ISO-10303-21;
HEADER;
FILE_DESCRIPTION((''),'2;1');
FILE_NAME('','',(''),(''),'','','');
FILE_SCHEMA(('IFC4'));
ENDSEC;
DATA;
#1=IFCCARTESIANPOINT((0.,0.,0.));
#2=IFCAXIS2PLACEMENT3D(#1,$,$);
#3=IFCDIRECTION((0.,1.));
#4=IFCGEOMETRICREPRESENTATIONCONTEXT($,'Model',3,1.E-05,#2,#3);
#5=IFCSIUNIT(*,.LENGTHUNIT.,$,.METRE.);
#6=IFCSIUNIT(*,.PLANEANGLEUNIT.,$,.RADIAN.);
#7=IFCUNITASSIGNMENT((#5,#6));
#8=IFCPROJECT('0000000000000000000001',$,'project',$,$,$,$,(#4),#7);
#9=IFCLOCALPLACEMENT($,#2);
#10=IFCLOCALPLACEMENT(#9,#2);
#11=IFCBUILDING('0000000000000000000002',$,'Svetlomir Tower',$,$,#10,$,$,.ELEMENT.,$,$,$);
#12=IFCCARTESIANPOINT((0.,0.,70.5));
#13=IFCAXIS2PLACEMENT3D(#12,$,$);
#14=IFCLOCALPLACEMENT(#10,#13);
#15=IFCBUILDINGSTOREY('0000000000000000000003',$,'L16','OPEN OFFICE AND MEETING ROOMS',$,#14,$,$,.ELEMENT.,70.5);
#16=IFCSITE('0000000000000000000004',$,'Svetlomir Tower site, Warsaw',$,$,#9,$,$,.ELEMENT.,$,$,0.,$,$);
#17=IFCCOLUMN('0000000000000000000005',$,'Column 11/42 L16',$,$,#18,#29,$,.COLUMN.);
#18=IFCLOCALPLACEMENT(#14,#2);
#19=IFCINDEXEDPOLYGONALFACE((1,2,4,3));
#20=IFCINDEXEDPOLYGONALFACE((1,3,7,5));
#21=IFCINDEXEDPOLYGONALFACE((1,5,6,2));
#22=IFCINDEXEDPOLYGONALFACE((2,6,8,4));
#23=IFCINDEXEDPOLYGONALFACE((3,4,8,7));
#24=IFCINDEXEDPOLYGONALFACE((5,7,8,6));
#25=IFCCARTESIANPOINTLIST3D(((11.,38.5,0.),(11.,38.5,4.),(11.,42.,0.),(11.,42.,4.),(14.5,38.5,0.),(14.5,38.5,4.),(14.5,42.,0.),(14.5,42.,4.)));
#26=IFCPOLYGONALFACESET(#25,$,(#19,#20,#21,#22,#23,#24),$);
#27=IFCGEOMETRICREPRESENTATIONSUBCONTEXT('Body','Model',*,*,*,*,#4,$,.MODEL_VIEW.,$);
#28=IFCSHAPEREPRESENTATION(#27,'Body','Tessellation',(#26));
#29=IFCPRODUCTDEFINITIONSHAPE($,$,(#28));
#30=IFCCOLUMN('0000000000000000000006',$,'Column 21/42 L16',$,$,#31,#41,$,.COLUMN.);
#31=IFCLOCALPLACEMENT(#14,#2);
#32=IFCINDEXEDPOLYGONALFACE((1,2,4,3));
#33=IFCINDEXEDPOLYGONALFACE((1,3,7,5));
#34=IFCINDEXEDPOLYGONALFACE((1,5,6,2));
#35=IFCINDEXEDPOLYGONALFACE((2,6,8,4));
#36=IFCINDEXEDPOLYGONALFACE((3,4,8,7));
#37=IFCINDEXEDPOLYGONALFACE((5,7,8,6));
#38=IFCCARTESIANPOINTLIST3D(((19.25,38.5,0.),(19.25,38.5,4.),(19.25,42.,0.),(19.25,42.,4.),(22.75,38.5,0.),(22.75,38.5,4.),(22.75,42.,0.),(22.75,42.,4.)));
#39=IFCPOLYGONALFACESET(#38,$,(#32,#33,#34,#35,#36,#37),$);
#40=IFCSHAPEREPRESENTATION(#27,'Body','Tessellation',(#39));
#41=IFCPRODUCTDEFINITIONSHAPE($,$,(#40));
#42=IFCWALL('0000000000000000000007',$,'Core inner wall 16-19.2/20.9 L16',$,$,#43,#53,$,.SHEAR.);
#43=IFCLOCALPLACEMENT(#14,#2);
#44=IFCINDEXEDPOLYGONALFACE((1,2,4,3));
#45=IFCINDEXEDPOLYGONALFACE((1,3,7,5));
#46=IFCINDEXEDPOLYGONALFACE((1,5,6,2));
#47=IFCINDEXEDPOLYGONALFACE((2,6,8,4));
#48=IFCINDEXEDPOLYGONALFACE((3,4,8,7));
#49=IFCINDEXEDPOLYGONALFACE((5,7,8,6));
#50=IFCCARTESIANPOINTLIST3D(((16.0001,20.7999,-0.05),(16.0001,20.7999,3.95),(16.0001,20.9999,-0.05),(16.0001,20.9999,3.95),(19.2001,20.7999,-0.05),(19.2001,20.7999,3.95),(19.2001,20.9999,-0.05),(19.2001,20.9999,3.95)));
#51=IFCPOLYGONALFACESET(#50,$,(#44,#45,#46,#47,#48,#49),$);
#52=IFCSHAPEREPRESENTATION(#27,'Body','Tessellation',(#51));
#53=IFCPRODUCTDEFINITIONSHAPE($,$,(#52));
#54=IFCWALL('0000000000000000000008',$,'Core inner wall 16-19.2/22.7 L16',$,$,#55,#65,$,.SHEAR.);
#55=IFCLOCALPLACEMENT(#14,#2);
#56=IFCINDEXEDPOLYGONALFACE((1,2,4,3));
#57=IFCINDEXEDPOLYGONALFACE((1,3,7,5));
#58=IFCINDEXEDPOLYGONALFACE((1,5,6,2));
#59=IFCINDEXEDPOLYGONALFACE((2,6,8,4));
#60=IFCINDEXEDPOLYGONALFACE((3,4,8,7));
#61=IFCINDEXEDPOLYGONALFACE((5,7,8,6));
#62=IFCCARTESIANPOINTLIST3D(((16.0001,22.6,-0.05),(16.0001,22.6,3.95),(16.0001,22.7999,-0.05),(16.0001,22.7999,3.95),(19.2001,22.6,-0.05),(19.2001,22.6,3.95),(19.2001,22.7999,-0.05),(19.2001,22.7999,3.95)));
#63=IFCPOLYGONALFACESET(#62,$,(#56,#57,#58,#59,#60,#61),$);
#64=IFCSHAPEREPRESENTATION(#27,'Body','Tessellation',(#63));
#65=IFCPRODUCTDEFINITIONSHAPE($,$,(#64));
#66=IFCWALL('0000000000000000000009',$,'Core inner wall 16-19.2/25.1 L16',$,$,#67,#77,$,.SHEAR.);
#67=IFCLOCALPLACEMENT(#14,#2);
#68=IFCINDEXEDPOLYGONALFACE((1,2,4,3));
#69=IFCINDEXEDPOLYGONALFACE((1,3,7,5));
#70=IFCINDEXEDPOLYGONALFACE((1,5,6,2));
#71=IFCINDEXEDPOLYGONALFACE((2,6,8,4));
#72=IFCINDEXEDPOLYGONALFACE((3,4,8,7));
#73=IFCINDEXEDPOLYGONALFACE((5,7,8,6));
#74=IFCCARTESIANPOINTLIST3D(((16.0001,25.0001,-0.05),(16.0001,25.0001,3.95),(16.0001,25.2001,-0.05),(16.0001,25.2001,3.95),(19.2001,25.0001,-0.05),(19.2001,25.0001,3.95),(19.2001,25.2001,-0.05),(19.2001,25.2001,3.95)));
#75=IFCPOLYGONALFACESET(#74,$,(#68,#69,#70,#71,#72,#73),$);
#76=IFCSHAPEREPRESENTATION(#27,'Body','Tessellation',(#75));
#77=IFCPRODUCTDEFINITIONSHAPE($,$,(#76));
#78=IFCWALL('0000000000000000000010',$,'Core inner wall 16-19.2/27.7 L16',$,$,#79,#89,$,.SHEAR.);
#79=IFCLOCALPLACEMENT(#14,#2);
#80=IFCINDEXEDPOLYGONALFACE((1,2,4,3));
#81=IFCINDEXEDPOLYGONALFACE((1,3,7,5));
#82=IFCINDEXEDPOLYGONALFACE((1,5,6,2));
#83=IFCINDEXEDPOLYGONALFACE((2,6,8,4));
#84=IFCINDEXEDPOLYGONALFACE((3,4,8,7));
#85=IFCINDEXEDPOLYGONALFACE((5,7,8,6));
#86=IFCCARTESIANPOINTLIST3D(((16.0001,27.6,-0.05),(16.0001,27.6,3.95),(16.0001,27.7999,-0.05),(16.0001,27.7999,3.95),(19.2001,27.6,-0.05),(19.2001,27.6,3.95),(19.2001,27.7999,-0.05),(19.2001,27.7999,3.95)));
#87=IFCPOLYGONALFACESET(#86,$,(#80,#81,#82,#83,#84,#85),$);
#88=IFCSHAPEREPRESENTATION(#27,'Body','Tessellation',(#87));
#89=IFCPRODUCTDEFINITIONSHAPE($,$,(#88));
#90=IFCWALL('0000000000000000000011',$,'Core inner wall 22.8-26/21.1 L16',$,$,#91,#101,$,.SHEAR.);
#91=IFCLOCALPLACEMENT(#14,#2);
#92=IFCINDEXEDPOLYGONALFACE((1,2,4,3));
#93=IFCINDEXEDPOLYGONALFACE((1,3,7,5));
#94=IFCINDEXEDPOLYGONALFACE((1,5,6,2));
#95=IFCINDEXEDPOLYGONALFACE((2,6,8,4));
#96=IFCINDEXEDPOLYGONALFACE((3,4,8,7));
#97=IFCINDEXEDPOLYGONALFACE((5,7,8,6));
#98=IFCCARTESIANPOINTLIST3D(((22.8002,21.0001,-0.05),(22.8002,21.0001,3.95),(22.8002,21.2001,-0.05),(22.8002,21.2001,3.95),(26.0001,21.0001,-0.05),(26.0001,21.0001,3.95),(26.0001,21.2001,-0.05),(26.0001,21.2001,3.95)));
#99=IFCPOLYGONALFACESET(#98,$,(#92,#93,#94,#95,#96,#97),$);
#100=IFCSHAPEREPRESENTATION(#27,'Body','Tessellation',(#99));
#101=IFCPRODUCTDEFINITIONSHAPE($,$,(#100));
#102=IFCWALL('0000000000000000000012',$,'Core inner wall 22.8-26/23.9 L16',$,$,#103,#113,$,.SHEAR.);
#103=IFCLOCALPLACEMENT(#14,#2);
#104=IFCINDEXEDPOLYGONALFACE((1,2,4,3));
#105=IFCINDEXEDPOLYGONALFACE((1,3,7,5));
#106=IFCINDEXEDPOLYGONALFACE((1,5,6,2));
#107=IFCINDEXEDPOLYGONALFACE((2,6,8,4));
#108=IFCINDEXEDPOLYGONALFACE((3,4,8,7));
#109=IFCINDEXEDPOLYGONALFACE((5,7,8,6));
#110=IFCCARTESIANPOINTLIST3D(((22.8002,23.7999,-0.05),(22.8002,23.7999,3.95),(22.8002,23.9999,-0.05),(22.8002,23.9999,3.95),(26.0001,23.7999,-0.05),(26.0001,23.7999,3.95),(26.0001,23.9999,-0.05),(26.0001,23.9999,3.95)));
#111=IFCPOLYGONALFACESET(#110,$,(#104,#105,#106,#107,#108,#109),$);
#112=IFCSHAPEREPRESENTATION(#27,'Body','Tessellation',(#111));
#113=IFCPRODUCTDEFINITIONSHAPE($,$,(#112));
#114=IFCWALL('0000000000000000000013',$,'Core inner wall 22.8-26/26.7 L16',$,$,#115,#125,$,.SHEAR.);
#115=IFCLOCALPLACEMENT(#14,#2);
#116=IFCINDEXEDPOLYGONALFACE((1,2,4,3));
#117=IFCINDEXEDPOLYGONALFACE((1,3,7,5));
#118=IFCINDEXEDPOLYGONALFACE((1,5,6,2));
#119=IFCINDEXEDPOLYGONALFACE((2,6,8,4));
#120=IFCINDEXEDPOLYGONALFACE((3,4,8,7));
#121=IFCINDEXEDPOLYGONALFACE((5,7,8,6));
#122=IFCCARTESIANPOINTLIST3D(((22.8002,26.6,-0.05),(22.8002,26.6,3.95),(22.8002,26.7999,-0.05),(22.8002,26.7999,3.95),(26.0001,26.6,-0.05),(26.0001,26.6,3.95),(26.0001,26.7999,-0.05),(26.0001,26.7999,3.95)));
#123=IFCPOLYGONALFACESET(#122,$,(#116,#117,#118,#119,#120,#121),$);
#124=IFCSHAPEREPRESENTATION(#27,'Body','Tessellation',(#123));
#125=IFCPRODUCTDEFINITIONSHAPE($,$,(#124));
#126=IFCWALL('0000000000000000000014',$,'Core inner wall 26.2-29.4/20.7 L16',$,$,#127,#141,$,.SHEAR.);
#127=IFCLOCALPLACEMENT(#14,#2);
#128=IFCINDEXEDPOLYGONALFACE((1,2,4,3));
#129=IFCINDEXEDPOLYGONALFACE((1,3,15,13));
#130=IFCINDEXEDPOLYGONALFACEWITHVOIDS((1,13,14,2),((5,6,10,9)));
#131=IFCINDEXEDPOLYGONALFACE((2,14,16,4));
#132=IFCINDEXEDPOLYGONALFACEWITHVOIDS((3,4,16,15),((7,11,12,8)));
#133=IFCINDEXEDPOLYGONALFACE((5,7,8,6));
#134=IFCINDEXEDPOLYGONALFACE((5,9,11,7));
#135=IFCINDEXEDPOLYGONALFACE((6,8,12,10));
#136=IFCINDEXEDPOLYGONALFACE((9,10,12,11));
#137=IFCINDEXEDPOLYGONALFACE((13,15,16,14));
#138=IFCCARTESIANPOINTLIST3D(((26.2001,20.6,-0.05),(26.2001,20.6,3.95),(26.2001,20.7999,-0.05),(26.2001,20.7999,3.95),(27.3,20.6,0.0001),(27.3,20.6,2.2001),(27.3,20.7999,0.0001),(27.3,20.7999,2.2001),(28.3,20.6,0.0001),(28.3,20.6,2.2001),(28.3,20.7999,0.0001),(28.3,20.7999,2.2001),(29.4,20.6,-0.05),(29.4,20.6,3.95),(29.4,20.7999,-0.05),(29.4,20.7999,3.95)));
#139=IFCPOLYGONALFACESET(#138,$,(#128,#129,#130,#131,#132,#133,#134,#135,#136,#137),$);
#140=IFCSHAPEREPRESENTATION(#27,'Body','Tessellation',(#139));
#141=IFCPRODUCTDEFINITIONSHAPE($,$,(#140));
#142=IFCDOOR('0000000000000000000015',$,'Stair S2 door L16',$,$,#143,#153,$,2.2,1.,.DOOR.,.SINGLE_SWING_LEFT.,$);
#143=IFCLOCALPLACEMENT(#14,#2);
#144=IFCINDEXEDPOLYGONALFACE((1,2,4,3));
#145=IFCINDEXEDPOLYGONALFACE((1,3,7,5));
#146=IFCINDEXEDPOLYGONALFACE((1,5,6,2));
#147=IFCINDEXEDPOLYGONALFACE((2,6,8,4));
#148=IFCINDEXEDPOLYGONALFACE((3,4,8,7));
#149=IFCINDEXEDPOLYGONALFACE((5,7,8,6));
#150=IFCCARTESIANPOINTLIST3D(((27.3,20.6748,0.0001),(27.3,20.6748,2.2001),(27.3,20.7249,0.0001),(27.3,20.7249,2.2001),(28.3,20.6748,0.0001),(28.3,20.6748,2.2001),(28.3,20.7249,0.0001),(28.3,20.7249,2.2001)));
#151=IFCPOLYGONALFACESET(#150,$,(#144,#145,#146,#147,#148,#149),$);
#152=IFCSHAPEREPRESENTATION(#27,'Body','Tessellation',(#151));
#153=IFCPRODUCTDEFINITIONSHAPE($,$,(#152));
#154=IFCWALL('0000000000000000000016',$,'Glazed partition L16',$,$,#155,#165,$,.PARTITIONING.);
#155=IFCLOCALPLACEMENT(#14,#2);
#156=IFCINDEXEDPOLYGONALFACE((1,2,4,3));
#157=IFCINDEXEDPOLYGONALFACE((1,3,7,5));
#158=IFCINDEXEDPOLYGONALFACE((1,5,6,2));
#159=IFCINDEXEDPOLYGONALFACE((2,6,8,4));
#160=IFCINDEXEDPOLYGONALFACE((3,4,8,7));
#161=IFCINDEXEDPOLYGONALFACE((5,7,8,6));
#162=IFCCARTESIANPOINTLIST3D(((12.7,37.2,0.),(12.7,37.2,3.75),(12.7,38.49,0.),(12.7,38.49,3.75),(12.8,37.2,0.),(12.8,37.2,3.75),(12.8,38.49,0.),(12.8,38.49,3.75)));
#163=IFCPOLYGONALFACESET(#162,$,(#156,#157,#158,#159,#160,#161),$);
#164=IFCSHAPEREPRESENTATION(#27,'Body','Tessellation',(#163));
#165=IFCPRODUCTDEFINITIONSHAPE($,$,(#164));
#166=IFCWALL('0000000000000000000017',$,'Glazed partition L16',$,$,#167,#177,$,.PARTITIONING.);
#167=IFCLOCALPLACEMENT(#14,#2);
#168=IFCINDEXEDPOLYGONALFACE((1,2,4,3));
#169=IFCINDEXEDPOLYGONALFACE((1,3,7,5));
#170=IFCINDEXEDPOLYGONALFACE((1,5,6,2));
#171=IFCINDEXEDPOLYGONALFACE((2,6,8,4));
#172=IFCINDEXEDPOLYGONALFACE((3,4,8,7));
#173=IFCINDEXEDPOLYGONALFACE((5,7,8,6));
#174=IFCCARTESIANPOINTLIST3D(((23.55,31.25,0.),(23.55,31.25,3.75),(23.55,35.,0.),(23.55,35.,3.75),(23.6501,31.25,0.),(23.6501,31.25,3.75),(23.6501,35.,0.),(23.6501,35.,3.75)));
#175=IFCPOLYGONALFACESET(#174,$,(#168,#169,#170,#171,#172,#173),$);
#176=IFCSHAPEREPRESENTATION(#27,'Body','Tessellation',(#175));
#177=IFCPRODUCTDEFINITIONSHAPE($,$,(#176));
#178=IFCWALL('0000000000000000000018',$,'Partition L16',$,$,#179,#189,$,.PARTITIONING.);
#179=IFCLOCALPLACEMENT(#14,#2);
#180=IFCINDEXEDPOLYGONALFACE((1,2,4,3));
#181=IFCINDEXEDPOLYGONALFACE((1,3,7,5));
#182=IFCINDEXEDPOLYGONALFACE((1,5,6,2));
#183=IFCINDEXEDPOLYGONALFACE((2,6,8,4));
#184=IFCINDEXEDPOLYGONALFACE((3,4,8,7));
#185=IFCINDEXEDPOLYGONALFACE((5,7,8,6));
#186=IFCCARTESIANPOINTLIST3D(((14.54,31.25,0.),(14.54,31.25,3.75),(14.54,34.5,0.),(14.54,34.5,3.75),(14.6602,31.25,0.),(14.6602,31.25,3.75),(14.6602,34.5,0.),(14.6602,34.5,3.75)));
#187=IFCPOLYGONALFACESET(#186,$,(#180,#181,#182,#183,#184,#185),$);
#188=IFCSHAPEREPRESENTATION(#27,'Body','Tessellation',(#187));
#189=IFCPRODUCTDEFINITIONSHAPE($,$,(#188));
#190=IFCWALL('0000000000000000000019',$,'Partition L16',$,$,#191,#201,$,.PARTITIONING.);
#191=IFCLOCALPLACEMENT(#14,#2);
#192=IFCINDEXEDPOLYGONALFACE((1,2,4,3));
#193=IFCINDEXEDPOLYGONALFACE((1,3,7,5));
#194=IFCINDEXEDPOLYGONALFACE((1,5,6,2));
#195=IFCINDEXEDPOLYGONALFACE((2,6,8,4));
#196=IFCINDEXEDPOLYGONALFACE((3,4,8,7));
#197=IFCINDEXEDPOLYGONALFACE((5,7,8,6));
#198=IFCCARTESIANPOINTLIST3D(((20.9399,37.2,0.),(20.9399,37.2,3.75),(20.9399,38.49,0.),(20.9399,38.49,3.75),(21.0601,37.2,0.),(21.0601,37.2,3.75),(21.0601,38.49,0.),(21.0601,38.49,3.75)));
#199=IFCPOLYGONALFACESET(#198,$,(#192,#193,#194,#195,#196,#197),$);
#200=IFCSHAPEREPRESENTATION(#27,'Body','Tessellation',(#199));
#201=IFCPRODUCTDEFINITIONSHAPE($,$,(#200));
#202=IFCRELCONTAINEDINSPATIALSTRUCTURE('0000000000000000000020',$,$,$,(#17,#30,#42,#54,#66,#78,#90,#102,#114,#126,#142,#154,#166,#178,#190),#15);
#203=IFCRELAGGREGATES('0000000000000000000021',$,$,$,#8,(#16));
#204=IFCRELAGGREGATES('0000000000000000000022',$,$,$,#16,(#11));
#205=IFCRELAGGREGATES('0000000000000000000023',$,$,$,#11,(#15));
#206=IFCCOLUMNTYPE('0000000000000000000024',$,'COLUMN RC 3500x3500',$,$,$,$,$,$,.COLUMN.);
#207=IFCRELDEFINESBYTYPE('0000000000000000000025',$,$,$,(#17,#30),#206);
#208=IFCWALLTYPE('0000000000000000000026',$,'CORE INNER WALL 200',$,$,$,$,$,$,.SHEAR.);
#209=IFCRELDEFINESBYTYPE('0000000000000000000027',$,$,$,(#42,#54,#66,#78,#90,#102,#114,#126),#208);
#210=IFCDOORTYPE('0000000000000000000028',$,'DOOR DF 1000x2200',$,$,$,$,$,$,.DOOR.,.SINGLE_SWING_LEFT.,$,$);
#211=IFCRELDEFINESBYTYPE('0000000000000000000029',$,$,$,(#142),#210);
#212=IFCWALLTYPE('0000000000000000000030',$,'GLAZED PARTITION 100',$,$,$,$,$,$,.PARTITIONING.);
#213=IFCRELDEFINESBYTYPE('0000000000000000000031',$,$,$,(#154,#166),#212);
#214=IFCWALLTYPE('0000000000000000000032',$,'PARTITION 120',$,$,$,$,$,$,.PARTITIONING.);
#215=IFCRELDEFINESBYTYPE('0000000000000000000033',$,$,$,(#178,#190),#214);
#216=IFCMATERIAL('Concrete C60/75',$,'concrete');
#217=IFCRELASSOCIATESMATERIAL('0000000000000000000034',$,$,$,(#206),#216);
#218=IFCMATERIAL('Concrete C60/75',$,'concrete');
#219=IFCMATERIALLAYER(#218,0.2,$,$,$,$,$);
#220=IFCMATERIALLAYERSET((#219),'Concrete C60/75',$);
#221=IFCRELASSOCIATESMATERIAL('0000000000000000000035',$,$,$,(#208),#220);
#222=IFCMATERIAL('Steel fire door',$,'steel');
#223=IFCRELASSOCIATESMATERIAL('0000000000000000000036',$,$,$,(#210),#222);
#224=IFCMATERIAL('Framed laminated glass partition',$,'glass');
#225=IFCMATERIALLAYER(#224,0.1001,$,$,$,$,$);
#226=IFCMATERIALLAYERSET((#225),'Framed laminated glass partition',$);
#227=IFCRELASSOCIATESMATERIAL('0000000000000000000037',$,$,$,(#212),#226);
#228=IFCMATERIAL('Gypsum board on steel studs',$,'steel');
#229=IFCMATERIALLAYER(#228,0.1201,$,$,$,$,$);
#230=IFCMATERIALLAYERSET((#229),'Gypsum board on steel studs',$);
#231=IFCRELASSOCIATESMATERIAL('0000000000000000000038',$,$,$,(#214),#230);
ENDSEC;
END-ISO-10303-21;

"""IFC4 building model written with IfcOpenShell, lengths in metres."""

from ifc_helpers import new_model, si_unit, direction, frame, frame_2d, origin, origin_2d, place, context, subcontext, project, spatial, rectangle, extrude, material, layer, layer_set, material_profile, profile_set, type_object, element, fill, save


model = new_model("IFC4")

# Units and contexts
model_context = context("Model", 3, precision=1e-05, world=origin(), true_north=direction((0.0, 1.0)))
body_context = subcontext(model_context, "Body", "Model", "MODEL_VIEW")
ifc_project = project(units=[si_unit("LENGTHUNIT", "METRE"), si_unit("PLANEANGLEUNIT", "RADIAN")], contexts=[model_context])

# Site, building, storey
site_placement = place(None, origin())
site = spatial("IfcSite", under=ifc_project, at=site_placement, Name="Svetlomir Tower site, Warsaw", CompositionType="ELEMENT", RefElevation=0.0)
building_placement = place(site_placement, origin())
building = spatial("IfcBuilding", under=site, at=building_placement, Name="Svetlomir Tower", CompositionType="ELEMENT")
storey_placement = place(building_placement, frame((0.0, 0.0, 70.5)))
storey = spatial("IfcBuildingStorey", under=building, at=storey_placement, Name="L16", Description="OPEN OFFICE AND MEETING ROOMS", CompositionType="ELEMENT", Elevation=70.5)

# Columns
ifc_material_1 = material(Name="Concrete C60/75", Category="concrete")
ifc_material_profile = material_profile(ifc_material_1, rectangle(XDim=3.5, YDim=3.5, at=origin_2d()), Name="RC 3500x3500")
ifc_profile_set = profile_set([ifc_material_profile], Name="Concrete C60/75")
column_type = type_object("IfcColumnType", Name="COLUMN RC 3500x3500", PredefinedType="COLUMN", material=ifc_profile_set)
for number, where, z_axis, x_axis, name in (
    (1, (12.75, 40.25, 0.0), (0.0, 0.0, 1.0), (1.0, 0.0, 0.0), "Column 11/42 L16"),
    (2, (21.0, 40.25, 0.0), (0.0, 0.0, 1.0), (1.0, 0.0, 0.0), "Column 21/42 L16"),
):
    element("IfcColumn", number, at=place(storey_placement, frame(where, z_axis=z_axis, x_axis=x_axis)), inside=storey, type_object=column_type, Name=name, PredefinedType="COLUMN", context=body_context, shape_type="SweptSolid", body=[
        extrude(rectangle(XDim=3.5, YDim=3.5, at=origin_2d()), origin(), (0.0, 0.0, 1.0), 4.0),
    ])

# Walls
ifc_material_2 = material(Name="Concrete C60/75", Category="concrete")
ifc_layer_1 = layer(ifc_material_2, 0.2)
ifc_layer_set_1 = layer_set([ifc_layer_1], Name="Concrete C60/75")
wall_type_1 = type_object("IfcWallType", Name="CORE INNER WALL 200", PredefinedType="SHEAR", material=ifc_layer_set_1)
for number, where, z_axis, x_axis, name in (
    (3, (16.0, 20.8999, -0.05), (0.0, 0.0, 1.0), (1.0, 0.0, 0.0), "Core inner wall 16-19.2/20.9 L16"),
    (4, (16.0, 22.7, -0.05), (0.0, 0.0, 1.0), (1.0, 0.0, 0.0), "Core inner wall 16-19.2/22.7 L16"),
    (5, (16.0, 25.1001, -0.05), (0.0, 0.0, 1.0), (1.0, 0.0, 0.0), "Core inner wall 16-19.2/25.1 L16"),
    (6, (16.0, 27.7, -0.05), (0.0, 0.0, 1.0), (1.0, 0.0, 0.0), "Core inner wall 16-19.2/27.7 L16"),
    (7, (22.8, 21.1001, -0.05), (0.0, 0.0, 1.0), (1.0, 0.0, 0.0), "Core inner wall 22.8-26/21.1 L16"),
    (8, (22.8, 23.8999, -0.05), (0.0, 0.0, 1.0), (1.0, 0.0, 0.0), "Core inner wall 22.8-26/23.9 L16"),
    (9, (22.8, 26.7, -0.05), (0.0, 0.0, 1.0), (1.0, 0.0, 0.0), "Core inner wall 22.8-26/26.7 L16"),
):
    element("IfcWall", number, at=place(storey_placement, frame(where, z_axis=z_axis, x_axis=x_axis)), inside=storey, type_object=wall_type_1, Name=name, PredefinedType="SHEAR", context=body_context, shape_type="SweptSolid", body=[
        extrude(rectangle(XDim=3.2, YDim=0.2, at=frame_2d((1.6001, 0.0))), origin(), (0.0, 0.0, 1.0), 4.0),
    ])

# Wall, opening, door
wall_1_placement = place(storey_placement, frame((26.2, 20.7, -0.05), z_axis=(0.0, 0.0, 1.0), x_axis=(1.0, 0.0, 0.0)))
wall_1 = element("IfcWall", 10, at=wall_1_placement, inside=storey, type_object=wall_type_1, Name="Core inner wall 26.2-29.4/20.7 L16", PredefinedType="SHEAR", context=body_context, shape_type="SweptSolid", body=[
    extrude(rectangle(XDim=3.2, YDim=0.2, at=frame_2d((1.6001, 0.0))), origin(), (0.0, 0.0, 1.0), 4.0),
])
opening_1_placement = place(wall_1_placement, frame((1.1001, 0.0, 0.05)))
opening_1 = element("IfcOpeningElement", 11, at=opening_1_placement, cuts=wall_1, PredefinedType="OPENING", context=body_context, shape_type="SweptSolid", body=[
    extrude(rectangle(XDim=1.0, YDim=2.2, at=frame_2d((0.5, 1.1001))), frame((0.0, 0.1099, 0.0), z_axis=(0.0, -1.0, 0.0), x_axis=(1.0, 0.0, 0.0)), (0.0, 0.0, 1.0), 0.22),
])
ifc_material_3 = material(Name="Steel fire door", Category="steel")
door_type_1 = type_object("IfcDoorType", Name="DOOR DF 1000x2200", OperationType="SINGLE_SWING_LEFT", PredefinedType="DOOR", material=ifc_material_3)
door_1_placement = place(opening_1_placement, origin())
door_1 = element("IfcDoor", 12, at=door_1_placement, inside=storey, type_object=door_type_1, Name="Stair S2 door L16", OperationType="SINGLE_SWING_LEFT", OverallHeight=2.2, OverallWidth=1.0, PredefinedType="DOOR", context=body_context, shape_type="SweptSolid", body=[
    extrude(rectangle(XDim=1.0, YDim=2.2, at=frame_2d((0.5, 1.1001))), frame((0.0, 0.0249, 0.0), z_axis=(0.0, -1.0, 0.0), x_axis=(1.0, 0.0, 0.0)), (0.0, 0.0, 1.0), 0.05),
])
fill(opening_1, door_1)

# Walls
ifc_material_4 = material(Name="Framed laminated glass partition", Category="glass")
ifc_layer_2 = layer(ifc_material_4, 0.1001)
ifc_layer_set_2 = layer_set([ifc_layer_2], Name="Framed laminated glass partition")
wall_type_2 = type_object("IfcWallType", Name="GLAZED PARTITION 100", PredefinedType="PARTITIONING", material=ifc_layer_set_2)
wall_2_placement = place(storey_placement, frame((12.75, 37.2, 0.0), z_axis=(0.0, 0.0, 1.0), x_axis=(0.0, 1.0, 0.0)))
element("IfcWall", 13, at=wall_2_placement, inside=storey, type_object=wall_type_2, Name="Glazed partition L16", PredefinedType="PARTITIONING", context=body_context, shape_type="SweptSolid", body=[
    extrude(rectangle(XDim=1.29, YDim=0.1001, at=frame_2d((0.645, 0.0))), origin(), (0.0, 0.0, 1.0), 3.75),
])
wall_3_placement = place(storey_placement, frame((23.6001, 31.25, 0.0), z_axis=(0.0, 0.0, 1.0), x_axis=(0.0, 1.0, 0.0)))
element("IfcWall", 14, at=wall_3_placement, inside=storey, type_object=wall_type_2, Name="Glazed partition L16", PredefinedType="PARTITIONING", context=body_context, shape_type="SweptSolid", body=[
    extrude(rectangle(XDim=3.75, YDim=0.1001, at=frame_2d((1.875, 0.0))), origin(), (0.0, 0.0, 1.0), 3.75),
])
ifc_material_5 = material(Name="Gypsum board on steel studs", Category="steel")
ifc_layer_3 = layer(ifc_material_5, 0.1201)
ifc_layer_set_3 = layer_set([ifc_layer_3], Name="Gypsum board on steel studs")
wall_type_3 = type_object("IfcWallType", Name="PARTITION 120", PredefinedType="PARTITIONING", material=ifc_layer_set_3)
wall_4_placement = place(storey_placement, frame((14.6001, 31.25, 0.0), z_axis=(0.0, 0.0, 1.0), x_axis=(0.0, 1.0, 0.0)))
element("IfcWall", 15, at=wall_4_placement, inside=storey, type_object=wall_type_3, Name="Partition L16", PredefinedType="PARTITIONING", context=body_context, shape_type="SweptSolid", body=[
    extrude(rectangle(XDim=3.25, YDim=0.1201, at=frame_2d((1.625, 0.0))), origin(), (0.0, 0.0, 1.0), 3.75),
])
wall_5_placement = place(storey_placement, frame((21.0, 37.2, 0.0), z_axis=(0.0, 0.0, 1.0), x_axis=(0.0, 1.0, 0.0)))
element("IfcWall", 16, at=wall_5_placement, inside=storey, type_object=wall_type_3, Name="Partition L16", PredefinedType="PARTITIONING", context=body_context, shape_type="SweptSolid", body=[
    extrude(rectangle(XDim=1.29, YDim=0.1201, at=frame_2d((0.645, 0.0))), origin(), (0.0, 0.0, 1.0), 3.75),
])

save(model, "model.ifc")
